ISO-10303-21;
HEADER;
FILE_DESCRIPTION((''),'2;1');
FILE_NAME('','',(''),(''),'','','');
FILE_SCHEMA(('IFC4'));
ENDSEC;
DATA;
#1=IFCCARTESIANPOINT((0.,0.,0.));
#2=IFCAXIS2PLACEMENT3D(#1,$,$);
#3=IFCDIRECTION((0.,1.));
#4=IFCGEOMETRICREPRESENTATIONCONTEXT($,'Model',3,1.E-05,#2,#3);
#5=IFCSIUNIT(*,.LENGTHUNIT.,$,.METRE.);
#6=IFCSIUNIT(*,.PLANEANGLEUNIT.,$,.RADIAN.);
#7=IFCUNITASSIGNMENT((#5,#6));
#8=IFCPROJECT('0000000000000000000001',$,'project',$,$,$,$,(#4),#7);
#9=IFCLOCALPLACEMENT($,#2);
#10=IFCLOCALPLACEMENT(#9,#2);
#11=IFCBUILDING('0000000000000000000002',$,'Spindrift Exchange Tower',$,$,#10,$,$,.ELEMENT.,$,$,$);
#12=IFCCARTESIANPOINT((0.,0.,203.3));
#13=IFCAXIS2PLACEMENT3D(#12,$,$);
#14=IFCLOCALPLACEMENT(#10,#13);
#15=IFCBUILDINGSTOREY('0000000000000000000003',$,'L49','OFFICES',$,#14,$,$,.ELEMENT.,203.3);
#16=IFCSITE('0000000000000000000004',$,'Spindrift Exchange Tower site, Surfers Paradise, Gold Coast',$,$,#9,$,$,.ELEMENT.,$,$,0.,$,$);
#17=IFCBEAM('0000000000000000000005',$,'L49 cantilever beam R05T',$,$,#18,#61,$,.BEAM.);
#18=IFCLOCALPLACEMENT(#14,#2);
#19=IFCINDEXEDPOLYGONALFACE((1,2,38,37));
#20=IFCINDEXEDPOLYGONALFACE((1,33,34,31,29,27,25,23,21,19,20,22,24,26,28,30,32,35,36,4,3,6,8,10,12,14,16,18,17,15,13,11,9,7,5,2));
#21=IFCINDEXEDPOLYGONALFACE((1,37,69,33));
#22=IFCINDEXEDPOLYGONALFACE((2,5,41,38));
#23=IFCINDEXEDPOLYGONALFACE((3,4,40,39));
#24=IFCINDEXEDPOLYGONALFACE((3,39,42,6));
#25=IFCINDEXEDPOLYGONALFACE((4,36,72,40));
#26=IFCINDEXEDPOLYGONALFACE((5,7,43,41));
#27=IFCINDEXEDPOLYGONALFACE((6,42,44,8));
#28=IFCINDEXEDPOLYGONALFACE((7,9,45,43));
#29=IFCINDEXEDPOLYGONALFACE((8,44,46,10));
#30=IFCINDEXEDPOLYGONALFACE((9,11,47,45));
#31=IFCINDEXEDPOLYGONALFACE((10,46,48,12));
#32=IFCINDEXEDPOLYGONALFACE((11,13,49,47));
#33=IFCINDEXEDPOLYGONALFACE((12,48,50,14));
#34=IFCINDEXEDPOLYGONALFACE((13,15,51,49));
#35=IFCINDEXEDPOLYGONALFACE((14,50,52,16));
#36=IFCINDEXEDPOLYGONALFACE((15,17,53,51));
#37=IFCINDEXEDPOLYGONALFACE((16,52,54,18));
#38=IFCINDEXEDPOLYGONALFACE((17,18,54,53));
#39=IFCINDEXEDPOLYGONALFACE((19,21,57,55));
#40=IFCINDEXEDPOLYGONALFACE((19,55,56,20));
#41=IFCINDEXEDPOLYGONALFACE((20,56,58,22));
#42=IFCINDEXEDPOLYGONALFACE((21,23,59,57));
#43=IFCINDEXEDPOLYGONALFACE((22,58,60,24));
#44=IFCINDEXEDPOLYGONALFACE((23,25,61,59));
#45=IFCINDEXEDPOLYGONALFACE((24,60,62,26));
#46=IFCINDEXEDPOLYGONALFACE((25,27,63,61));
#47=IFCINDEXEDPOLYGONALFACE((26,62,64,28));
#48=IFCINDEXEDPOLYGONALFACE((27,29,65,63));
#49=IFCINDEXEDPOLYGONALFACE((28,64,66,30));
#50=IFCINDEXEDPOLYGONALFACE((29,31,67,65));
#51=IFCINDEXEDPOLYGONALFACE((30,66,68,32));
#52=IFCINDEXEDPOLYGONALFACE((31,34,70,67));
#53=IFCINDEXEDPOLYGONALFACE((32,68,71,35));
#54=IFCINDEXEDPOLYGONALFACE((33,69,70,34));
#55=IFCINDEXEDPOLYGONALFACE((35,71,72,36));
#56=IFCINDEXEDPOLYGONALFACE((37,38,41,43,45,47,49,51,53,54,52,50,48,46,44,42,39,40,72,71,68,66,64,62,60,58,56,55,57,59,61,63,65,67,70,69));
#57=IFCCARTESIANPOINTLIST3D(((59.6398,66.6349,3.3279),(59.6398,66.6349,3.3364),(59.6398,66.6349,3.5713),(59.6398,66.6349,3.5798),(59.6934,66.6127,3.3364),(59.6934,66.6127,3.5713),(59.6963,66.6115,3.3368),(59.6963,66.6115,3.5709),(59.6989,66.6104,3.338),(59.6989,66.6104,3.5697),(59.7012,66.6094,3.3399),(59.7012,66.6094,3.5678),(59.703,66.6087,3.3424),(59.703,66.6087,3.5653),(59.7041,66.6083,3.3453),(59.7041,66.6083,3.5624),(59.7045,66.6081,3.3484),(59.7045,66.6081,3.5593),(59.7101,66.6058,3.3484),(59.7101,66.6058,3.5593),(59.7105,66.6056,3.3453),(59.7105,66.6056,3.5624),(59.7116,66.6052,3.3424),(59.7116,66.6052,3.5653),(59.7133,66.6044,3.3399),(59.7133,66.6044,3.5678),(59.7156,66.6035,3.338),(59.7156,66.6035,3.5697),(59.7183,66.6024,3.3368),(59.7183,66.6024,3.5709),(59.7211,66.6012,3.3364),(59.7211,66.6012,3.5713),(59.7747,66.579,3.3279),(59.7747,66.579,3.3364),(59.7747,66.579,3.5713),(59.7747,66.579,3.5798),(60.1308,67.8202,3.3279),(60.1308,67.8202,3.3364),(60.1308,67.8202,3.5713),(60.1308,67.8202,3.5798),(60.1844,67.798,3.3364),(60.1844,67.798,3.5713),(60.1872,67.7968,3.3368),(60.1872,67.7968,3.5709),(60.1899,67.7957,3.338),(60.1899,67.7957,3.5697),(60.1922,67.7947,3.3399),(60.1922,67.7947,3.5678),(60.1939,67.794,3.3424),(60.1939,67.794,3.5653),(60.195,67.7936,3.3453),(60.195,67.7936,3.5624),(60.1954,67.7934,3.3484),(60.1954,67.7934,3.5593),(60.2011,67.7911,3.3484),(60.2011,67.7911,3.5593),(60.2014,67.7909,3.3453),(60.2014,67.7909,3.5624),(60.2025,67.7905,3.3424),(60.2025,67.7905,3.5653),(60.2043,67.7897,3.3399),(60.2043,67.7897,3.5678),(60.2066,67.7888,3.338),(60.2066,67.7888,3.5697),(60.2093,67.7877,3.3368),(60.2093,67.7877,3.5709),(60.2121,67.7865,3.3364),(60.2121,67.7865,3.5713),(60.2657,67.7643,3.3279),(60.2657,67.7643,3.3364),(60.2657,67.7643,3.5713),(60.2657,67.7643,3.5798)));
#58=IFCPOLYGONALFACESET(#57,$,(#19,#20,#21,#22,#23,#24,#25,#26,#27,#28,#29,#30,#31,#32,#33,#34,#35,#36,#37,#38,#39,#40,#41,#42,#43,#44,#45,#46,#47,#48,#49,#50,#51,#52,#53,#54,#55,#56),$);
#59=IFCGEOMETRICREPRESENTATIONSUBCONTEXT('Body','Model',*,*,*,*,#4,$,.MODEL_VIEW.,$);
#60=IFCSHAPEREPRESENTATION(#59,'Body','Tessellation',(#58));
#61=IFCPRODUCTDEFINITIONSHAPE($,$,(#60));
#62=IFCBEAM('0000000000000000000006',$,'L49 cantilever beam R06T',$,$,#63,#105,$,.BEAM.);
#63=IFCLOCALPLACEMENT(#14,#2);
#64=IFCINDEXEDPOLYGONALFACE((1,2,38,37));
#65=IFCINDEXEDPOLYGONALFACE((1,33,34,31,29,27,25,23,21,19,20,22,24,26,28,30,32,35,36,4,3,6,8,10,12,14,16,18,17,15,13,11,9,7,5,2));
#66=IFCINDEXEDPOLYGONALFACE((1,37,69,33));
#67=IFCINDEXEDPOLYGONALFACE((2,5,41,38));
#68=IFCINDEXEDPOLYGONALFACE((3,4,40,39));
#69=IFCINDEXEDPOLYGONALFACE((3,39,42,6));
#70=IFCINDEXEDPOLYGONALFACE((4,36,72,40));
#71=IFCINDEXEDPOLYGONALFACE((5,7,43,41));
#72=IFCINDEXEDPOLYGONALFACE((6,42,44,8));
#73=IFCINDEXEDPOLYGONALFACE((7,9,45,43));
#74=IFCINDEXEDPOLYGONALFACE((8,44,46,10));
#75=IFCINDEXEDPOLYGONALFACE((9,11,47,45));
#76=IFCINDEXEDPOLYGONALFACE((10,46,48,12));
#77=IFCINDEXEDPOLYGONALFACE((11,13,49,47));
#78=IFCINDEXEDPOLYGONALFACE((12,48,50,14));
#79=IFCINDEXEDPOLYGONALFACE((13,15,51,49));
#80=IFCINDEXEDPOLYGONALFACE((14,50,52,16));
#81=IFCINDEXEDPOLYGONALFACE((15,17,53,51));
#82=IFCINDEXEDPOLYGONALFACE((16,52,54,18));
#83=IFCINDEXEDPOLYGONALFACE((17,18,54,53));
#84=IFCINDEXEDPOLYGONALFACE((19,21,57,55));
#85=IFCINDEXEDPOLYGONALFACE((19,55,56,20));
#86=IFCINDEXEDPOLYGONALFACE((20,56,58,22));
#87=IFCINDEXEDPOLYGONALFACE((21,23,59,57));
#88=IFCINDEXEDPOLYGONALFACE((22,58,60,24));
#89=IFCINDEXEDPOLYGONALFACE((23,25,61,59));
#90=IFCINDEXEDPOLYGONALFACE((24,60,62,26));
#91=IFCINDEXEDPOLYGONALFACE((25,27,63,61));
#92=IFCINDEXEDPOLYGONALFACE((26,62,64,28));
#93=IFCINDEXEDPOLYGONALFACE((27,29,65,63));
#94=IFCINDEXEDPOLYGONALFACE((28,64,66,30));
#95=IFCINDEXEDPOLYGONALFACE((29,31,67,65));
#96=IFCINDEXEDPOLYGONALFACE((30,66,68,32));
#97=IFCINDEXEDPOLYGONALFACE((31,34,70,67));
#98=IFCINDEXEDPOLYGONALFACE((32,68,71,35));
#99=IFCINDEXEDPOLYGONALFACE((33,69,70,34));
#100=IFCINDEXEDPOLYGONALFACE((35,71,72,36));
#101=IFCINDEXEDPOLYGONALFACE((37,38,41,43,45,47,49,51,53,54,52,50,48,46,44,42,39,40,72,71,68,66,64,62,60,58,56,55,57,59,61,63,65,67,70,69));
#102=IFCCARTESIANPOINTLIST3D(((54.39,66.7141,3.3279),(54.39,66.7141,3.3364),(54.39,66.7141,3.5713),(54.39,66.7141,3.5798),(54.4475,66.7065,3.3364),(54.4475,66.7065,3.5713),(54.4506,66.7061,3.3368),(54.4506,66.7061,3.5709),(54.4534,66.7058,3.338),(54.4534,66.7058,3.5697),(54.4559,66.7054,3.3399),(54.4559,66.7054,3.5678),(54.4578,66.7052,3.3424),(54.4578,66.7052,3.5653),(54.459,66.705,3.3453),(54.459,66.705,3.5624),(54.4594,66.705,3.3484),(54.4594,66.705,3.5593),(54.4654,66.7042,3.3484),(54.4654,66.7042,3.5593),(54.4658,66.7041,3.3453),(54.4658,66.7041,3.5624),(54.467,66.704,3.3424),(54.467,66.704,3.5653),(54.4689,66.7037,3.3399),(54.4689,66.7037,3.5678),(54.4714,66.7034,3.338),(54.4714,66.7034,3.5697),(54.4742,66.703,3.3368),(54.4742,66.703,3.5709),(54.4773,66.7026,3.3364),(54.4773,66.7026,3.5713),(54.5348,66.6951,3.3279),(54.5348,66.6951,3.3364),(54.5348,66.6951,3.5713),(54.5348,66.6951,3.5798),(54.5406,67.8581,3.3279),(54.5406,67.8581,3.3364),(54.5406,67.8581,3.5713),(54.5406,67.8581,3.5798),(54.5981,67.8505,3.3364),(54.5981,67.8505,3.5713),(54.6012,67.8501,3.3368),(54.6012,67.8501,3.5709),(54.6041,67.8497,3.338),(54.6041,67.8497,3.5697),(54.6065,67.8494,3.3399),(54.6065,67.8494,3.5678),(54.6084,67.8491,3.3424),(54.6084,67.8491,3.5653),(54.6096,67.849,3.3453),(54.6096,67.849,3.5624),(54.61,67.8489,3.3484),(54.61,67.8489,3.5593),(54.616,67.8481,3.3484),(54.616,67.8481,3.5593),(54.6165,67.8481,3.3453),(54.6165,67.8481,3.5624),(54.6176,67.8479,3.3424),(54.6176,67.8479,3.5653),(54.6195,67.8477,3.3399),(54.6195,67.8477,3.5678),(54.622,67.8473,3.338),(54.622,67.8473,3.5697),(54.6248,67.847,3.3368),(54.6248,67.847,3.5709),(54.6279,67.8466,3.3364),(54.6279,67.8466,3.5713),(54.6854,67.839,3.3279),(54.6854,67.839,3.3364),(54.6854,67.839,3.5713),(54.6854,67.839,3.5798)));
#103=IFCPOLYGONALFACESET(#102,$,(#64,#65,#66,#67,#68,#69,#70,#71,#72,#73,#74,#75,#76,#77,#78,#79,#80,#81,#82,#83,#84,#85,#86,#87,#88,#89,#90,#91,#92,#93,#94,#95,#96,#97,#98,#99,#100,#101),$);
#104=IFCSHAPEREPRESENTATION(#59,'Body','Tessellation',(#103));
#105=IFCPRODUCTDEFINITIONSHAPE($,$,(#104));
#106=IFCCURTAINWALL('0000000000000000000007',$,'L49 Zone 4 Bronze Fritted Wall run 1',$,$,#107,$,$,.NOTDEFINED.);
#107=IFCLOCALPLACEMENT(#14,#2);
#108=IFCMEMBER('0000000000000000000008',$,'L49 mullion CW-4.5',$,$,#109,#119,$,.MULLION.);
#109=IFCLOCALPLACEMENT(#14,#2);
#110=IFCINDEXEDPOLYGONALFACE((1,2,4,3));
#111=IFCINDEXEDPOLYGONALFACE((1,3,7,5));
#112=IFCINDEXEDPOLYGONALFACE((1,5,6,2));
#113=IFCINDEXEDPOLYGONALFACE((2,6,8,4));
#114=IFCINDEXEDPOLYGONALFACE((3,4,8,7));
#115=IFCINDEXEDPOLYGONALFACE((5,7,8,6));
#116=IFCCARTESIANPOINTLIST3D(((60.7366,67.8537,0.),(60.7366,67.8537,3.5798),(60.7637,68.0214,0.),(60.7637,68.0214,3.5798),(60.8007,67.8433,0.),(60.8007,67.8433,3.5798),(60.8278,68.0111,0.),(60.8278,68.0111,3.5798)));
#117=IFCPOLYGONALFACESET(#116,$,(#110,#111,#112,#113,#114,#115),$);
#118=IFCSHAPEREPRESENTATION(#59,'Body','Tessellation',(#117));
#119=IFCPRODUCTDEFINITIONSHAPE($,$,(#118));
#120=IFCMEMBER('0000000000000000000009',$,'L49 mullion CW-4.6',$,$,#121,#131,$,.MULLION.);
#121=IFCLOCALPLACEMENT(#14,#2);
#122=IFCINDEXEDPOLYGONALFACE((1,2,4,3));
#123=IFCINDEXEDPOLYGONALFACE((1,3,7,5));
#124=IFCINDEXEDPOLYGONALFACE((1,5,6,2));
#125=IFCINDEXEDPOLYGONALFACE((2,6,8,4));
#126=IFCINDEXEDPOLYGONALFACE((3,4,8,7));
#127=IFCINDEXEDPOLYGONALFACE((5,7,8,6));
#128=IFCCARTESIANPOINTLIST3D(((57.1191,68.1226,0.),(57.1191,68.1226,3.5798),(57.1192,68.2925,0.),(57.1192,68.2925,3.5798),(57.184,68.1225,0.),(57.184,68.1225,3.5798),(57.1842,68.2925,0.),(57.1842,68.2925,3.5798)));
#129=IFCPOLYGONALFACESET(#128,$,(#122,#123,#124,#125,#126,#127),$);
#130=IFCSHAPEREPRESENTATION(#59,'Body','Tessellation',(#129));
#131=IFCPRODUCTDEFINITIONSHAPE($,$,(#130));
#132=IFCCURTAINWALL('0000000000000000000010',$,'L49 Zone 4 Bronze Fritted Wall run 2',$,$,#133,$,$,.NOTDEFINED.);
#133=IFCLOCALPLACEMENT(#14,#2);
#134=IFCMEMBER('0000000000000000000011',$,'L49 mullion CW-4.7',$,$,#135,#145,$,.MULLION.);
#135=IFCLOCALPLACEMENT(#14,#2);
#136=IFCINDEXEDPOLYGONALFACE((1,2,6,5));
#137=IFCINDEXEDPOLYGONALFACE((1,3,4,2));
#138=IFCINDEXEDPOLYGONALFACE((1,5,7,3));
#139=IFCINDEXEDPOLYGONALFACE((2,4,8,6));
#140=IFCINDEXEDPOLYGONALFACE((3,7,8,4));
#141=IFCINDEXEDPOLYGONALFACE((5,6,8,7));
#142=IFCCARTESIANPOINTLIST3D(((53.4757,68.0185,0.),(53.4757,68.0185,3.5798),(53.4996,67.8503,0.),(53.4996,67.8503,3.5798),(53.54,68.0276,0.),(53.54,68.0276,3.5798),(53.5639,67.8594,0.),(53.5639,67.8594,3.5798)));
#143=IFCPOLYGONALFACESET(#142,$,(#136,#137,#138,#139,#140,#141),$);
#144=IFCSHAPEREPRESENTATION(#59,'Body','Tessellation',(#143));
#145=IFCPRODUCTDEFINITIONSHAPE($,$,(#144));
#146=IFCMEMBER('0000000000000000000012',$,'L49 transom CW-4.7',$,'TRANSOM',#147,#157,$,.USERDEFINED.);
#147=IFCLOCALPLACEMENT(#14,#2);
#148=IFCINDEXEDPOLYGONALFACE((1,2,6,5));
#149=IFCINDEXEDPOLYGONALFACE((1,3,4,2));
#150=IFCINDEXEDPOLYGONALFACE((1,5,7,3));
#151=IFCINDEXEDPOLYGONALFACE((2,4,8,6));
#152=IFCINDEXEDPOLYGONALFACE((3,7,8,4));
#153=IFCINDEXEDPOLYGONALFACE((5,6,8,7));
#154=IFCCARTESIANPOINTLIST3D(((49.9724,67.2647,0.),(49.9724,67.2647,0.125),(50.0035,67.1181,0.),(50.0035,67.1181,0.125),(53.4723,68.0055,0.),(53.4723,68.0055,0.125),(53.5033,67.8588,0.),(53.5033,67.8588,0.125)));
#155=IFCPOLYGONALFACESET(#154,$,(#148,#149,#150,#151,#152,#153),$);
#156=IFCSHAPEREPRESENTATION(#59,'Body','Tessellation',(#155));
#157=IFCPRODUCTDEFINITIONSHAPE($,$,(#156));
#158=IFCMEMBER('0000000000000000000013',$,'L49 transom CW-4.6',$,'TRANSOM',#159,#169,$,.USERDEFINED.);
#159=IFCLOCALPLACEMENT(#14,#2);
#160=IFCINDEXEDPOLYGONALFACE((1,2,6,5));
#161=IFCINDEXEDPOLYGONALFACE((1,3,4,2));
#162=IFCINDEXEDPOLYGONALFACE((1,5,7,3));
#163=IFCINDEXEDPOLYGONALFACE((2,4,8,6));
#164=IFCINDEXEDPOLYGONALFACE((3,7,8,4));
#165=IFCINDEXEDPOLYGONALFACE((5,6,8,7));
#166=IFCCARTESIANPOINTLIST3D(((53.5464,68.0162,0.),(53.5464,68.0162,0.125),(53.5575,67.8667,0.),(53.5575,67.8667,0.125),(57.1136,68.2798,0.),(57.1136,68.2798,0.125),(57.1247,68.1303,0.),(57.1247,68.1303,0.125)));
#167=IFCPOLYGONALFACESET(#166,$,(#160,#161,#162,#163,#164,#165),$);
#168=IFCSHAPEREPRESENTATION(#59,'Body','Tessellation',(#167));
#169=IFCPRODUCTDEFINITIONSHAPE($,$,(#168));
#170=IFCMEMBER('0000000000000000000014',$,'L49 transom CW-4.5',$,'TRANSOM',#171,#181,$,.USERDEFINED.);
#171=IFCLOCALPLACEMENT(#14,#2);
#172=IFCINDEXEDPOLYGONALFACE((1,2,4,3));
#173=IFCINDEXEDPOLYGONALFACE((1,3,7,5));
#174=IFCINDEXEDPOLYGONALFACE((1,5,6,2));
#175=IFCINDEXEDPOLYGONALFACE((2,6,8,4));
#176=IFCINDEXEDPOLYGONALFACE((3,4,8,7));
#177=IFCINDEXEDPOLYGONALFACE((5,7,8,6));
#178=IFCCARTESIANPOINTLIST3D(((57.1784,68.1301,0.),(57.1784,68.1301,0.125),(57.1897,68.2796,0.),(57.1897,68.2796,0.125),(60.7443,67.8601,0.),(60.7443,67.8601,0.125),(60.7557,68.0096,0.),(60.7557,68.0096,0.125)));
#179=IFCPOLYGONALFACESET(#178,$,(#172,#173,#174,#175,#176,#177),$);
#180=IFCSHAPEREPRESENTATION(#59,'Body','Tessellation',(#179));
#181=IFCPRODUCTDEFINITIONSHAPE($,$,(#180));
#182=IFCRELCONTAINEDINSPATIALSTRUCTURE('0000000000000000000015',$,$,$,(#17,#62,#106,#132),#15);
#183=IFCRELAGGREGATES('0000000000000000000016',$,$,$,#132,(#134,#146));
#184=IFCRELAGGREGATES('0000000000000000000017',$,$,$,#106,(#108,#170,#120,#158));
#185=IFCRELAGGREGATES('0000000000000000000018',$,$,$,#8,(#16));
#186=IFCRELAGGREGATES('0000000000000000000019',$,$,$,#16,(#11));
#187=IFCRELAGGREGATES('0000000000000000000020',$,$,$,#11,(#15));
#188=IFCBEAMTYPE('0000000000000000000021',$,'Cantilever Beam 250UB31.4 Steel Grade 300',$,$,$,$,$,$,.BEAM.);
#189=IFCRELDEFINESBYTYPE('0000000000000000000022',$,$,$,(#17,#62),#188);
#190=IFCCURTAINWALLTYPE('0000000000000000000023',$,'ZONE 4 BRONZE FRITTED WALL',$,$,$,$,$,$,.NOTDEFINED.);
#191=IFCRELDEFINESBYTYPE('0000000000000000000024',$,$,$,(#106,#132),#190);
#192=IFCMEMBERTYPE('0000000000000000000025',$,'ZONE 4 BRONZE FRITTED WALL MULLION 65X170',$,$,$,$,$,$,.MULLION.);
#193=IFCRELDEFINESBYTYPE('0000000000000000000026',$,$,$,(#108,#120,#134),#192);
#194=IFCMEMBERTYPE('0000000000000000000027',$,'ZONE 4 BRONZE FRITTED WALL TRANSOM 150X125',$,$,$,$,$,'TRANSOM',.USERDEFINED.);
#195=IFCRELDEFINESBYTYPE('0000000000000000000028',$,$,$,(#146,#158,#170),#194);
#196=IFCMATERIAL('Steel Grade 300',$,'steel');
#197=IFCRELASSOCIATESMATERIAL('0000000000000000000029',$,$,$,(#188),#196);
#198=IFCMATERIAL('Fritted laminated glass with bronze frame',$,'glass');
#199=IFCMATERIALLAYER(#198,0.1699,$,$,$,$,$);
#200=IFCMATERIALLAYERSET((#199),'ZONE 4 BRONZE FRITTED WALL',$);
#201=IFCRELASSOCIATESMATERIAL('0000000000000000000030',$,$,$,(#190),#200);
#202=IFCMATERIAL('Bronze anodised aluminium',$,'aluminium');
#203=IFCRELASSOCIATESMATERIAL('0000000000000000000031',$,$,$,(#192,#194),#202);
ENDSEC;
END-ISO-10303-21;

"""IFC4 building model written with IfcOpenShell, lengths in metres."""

from ifc_helpers import new_model, si_unit, direction, frame, origin, origin_2d, place, context, subcontext, project, spatial, rectangle, i_section, extrude, source, transform, mapped, material, layer, layer_set, material_profile, profile_set, type_object, element, aggregate, save


model = new_model("IFC4")

# Units and contexts
model_context = context("Model", 3, precision=1e-05, world=origin(), true_north=direction((0.0, 1.0)))
body_context = subcontext(model_context, "Body", "Model", "MODEL_VIEW")
ifc_project = project(units=[si_unit("LENGTHUNIT", "METRE"), si_unit("PLANEANGLEUNIT", "RADIAN")], contexts=[model_context])

# Site, building, storey
site_placement = place(None, origin())
site = spatial("IfcSite", under=ifc_project, at=site_placement, Name="Spindrift Exchange Tower site, Surfers Paradise, Gold Coast", CompositionType="ELEMENT", RefElevation=0.0)
building_placement = place(site_placement, origin())
building = spatial("IfcBuilding", under=site, at=building_placement, Name="Spindrift Exchange Tower", CompositionType="ELEMENT")
storey_placement = place(building_placement, frame((0.0, 0.0, 203.3)))
storey = spatial("IfcBuildingStorey", under=building, at=storey_placement, Name="L49", Description="OFFICES", CompositionType="ELEMENT", Elevation=203.3)

# Beams
ifc_material_1 = material(Name="Steel Grade 300", Category="steel")
ifc_material_profile_1 = material_profile(ifc_material_1, i_section(OverallWidth=0.146, OverallDepth=0.252, WebThickness=0.0061, FlangeThickness=0.0085, FilletRadius=0.012, at=origin_2d()), Name="250UB31.4")
ifc_profile_set_1 = profile_set([ifc_material_profile_1], Name="Steel Grade 300")
beam_type_1 = type_object("IfcBeamType", Name="Cantilever Beam 250UB31.4 Steel Grade 300", PredefinedType="BEAM", material=ifc_profile_set_1)
shared_shape_1 = source(origin(), body_context, "Body", "SweptSolid", [
    extrude(i_section(OverallWidth=0.146, OverallDepth=0.252, WebThickness=0.0061, FlangeThickness=0.0085, FilletRadius=0.012, at=origin_2d()), origin(), (0.0, 0.0, 1.0), 1.283),
])
beam_1_placement = place(storey_placement, frame((59.7073, 66.6069, 3.4539), z_axis=(0.382682, 0.92388, 0.0), x_axis=(-0.92388, 0.382682, 0.0)))
element("IfcBeam", 1, at=beam_1_placement, inside=storey, type_object=beam_type_1, Name="L49 cantilever beam R05T", PredefinedType="BEAM", context=body_context, shape_type="MappedRepresentation", body=[
    mapped(shared_shape_1, transform((0.0, 0.0, 0.0), scale=1.0)),
])
shared_shape_2 = source(origin(), body_context, "Body", "SweptSolid", [
    extrude(i_section(OverallWidth=0.146, OverallDepth=0.252, WebThickness=0.0061, FlangeThickness=0.0085, FilletRadius=0.012, at=origin_2d()), origin(), (0.0, 0.0, 1.0), 1.1538),
])
beam_2_placement = place(storey_placement, frame((54.4624, 66.7046, 3.4539), z_axis=(0.130542, 0.991443, 0.0), x_axis=(-0.991443, 0.130542, 0.0)))
element("IfcBeam", 2, at=beam_2_placement, inside=storey, type_object=beam_type_1, Name="L49 cantilever beam R06T", PredefinedType="BEAM", context=body_context, shape_type="MappedRepresentation", body=[
    mapped(shared_shape_2, transform((0.0, 0.0, 0.0), scale=1.0)),
])

# Curtain walls, members
ifc_material_2 = material(Name="Fritted laminated glass with bronze frame", Category="glass")
ifc_layer_1 = layer(ifc_material_2, 0.1699)
ifc_layer_set_1 = layer_set([ifc_layer_1], Name="ZONE 4 BRONZE FRITTED WALL")
curtain_wall_type = type_object("IfcCurtainWallType", Name="ZONE 4 BRONZE FRITTED WALL", PredefinedType="NOTDEFINED", material=ifc_layer_set_1)
curtain_wall_1_placement = place(storey_placement, origin())
curtain_wall_1 = element("IfcCurtainWall", 3, at=curtain_wall_1_placement, inside=storey, type_object=curtain_wall_type, Name="L49 Zone 4 Bronze Fritted Wall run 1", PredefinedType="NOTDEFINED")
ifc_material_3 = material(Name="Bronze anodised aluminium", Category="aluminium")
ifc_material_profile_2 = material_profile(ifc_material_3, rectangle(XDim=0.0649, YDim=0.1699, at=origin_2d()), Name="ZONE 4 BRONZE FRITTED WALL MULLION 65X170")
ifc_profile_set_2 = profile_set([ifc_material_profile_2], Name="Bronze anodised aluminium")
member_type_1 = type_object("IfcMemberType", Name="ZONE 4 BRONZE FRITTED WALL MULLION 65X170", PredefinedType="MULLION", material=ifc_profile_set_2)
shared_shape_3 = source(origin(), body_context, "Body", "SweptSolid", [
    extrude(rectangle(XDim=0.0649, YDim=0.1699, at=origin_2d()), origin(), (0.0, 0.0, 1.0), 3.5798),
])
member_1_placement = place(storey_placement, frame((60.7822, 67.9324, 0.0), z_axis=(0.0, 0.0, 1.0), x_axis=(-0.987191, 0.159544, 0.0)))
member_1 = element("IfcMember", 4, at=member_1_placement, type_object=member_type_1, Name="L49 mullion CW-4.5", PredefinedType="MULLION", context=body_context, shape_type="MappedRepresentation", body=[
    mapped(shared_shape_3, transform((0.0, 0.0, 0.0), scale=1.0)),
])
member_2_placement = place(storey_placement, frame((57.1516, 68.2075, 0.0), z_axis=(0.0, 0.0, 1.0), x_axis=(-1.0, 0.000916, 0.0)))
member_2 = element("IfcMember", 5, at=member_2_placement, type_object=member_type_1, Name="L49 mullion CW-4.6", PredefinedType="MULLION", context=body_context, shape_type="MappedRepresentation", body=[
    mapped(shared_shape_3, transform((0.0, 0.0, 0.0), scale=1.0)),
])
curtain_wall_2_placement = place(storey_placement, origin())
curtain_wall_2 = element("IfcCurtainWall", 6, at=curtain_wall_2_placement, inside=storey, type_object=curtain_wall_type, Name="L49 Zone 4 Bronze Fritted Wall run 2", PredefinedType="NOTDEFINED")
member_3_placement = place(storey_placement, frame((53.5198, 67.939, 0.0), z_axis=(0.0, 0.0, 1.0), x_axis=(-0.990048, -0.140729, 0.0)))
member_3 = element("IfcMember", 7, at=member_3_placement, type_object=member_type_1, Name="L49 mullion CW-4.7", PredefinedType="MULLION", context=body_context, shape_type="MappedRepresentation", body=[
    mapped(shared_shape_3, transform((0.0, 0.0, 0.0), scale=1.0)),
])
ifc_material_profile_3 = material_profile(ifc_material_3, rectangle(XDim=0.1499, YDim=0.125, at=origin_2d()), Name="ZONE 4 BRONZE FRITTED WALL TRANSOM 150X125")
ifc_profile_set_3 = profile_set([ifc_material_profile_3], Name="Bronze anodised aluminium")
member_type_2 = type_object("IfcMemberType", Name="ZONE 4 BRONZE FRITTED WALL TRANSOM 150X125", ElementType="TRANSOM", PredefinedType="USERDEFINED", material=ifc_profile_set_3)
shared_shape_4 = source(origin(), body_context, "Body", "SweptSolid", [
    extrude(rectangle(XDim=0.1499, YDim=0.125, at=origin_2d()), origin(), (0.0, 0.0, 1.0), 3.5774),
])
member_4_placement = place(storey_placement, frame((53.4878, 67.9321, 0.0625), z_axis=(-0.978328, -0.207063, 0.0), x_axis=(0.207063, -0.978328, 0.0)))
member_4 = element("IfcMember", 8, at=member_4_placement, type_object=member_type_2, Name="L49 transom CW-4.7", ObjectType="TRANSOM", PredefinedType="USERDEFINED", context=body_context, shape_type="MappedRepresentation", body=[
    mapped(shared_shape_4, transform((0.0, 0.0, 0.0), scale=1.0)),
])
aggregate(curtain_wall_2, [member_3, member_4])

# Members
shared_shape_5 = source(origin(), body_context, "Body", "SweptSolid", [
    extrude(rectangle(XDim=0.1499, YDim=0.125, at=origin_2d()), origin(), (0.0, 0.0, 1.0), 3.5769),
])
member_5_placement = place(storey_placement, frame((57.1191, 68.2051, 0.0625), z_axis=(-0.997279, -0.073716, 0.0), x_axis=(0.073716, -0.997279, 0.0)))
member_5 = element("IfcMember", 9, at=member_5_placement, type_object=member_type_2, Name="L49 transom CW-4.6", ObjectType="TRANSOM", PredefinedType="USERDEFINED", context=body_context, shape_type="MappedRepresentation", body=[
    mapped(shared_shape_5, transform((0.0, 0.0, 0.0), scale=1.0)),
])
shared_shape_6 = source(origin(), body_context, "Body", "SweptSolid", [
    extrude(rectangle(XDim=0.1499, YDim=0.125, at=origin_2d()), origin(), (0.0, 0.0, 1.0), 3.5762),
])
member_6_placement = place(storey_placement, frame((60.75, 67.9348, 0.0625), z_axis=(-0.997145, 0.075506, 0.0), x_axis=(-0.075506, -0.997145, 0.0)))
member_6 = element("IfcMember", 10, at=member_6_placement, type_object=member_type_2, Name="L49 transom CW-4.5", ObjectType="TRANSOM", PredefinedType="USERDEFINED", context=body_context, shape_type="MappedRepresentation", body=[
    mapped(shared_shape_6, transform((0.0, 0.0, 0.0), scale=1.0)),
])

aggregate(curtain_wall_1, [member_1, member_6, member_2, member_5])

save(model, "model.ifc")
